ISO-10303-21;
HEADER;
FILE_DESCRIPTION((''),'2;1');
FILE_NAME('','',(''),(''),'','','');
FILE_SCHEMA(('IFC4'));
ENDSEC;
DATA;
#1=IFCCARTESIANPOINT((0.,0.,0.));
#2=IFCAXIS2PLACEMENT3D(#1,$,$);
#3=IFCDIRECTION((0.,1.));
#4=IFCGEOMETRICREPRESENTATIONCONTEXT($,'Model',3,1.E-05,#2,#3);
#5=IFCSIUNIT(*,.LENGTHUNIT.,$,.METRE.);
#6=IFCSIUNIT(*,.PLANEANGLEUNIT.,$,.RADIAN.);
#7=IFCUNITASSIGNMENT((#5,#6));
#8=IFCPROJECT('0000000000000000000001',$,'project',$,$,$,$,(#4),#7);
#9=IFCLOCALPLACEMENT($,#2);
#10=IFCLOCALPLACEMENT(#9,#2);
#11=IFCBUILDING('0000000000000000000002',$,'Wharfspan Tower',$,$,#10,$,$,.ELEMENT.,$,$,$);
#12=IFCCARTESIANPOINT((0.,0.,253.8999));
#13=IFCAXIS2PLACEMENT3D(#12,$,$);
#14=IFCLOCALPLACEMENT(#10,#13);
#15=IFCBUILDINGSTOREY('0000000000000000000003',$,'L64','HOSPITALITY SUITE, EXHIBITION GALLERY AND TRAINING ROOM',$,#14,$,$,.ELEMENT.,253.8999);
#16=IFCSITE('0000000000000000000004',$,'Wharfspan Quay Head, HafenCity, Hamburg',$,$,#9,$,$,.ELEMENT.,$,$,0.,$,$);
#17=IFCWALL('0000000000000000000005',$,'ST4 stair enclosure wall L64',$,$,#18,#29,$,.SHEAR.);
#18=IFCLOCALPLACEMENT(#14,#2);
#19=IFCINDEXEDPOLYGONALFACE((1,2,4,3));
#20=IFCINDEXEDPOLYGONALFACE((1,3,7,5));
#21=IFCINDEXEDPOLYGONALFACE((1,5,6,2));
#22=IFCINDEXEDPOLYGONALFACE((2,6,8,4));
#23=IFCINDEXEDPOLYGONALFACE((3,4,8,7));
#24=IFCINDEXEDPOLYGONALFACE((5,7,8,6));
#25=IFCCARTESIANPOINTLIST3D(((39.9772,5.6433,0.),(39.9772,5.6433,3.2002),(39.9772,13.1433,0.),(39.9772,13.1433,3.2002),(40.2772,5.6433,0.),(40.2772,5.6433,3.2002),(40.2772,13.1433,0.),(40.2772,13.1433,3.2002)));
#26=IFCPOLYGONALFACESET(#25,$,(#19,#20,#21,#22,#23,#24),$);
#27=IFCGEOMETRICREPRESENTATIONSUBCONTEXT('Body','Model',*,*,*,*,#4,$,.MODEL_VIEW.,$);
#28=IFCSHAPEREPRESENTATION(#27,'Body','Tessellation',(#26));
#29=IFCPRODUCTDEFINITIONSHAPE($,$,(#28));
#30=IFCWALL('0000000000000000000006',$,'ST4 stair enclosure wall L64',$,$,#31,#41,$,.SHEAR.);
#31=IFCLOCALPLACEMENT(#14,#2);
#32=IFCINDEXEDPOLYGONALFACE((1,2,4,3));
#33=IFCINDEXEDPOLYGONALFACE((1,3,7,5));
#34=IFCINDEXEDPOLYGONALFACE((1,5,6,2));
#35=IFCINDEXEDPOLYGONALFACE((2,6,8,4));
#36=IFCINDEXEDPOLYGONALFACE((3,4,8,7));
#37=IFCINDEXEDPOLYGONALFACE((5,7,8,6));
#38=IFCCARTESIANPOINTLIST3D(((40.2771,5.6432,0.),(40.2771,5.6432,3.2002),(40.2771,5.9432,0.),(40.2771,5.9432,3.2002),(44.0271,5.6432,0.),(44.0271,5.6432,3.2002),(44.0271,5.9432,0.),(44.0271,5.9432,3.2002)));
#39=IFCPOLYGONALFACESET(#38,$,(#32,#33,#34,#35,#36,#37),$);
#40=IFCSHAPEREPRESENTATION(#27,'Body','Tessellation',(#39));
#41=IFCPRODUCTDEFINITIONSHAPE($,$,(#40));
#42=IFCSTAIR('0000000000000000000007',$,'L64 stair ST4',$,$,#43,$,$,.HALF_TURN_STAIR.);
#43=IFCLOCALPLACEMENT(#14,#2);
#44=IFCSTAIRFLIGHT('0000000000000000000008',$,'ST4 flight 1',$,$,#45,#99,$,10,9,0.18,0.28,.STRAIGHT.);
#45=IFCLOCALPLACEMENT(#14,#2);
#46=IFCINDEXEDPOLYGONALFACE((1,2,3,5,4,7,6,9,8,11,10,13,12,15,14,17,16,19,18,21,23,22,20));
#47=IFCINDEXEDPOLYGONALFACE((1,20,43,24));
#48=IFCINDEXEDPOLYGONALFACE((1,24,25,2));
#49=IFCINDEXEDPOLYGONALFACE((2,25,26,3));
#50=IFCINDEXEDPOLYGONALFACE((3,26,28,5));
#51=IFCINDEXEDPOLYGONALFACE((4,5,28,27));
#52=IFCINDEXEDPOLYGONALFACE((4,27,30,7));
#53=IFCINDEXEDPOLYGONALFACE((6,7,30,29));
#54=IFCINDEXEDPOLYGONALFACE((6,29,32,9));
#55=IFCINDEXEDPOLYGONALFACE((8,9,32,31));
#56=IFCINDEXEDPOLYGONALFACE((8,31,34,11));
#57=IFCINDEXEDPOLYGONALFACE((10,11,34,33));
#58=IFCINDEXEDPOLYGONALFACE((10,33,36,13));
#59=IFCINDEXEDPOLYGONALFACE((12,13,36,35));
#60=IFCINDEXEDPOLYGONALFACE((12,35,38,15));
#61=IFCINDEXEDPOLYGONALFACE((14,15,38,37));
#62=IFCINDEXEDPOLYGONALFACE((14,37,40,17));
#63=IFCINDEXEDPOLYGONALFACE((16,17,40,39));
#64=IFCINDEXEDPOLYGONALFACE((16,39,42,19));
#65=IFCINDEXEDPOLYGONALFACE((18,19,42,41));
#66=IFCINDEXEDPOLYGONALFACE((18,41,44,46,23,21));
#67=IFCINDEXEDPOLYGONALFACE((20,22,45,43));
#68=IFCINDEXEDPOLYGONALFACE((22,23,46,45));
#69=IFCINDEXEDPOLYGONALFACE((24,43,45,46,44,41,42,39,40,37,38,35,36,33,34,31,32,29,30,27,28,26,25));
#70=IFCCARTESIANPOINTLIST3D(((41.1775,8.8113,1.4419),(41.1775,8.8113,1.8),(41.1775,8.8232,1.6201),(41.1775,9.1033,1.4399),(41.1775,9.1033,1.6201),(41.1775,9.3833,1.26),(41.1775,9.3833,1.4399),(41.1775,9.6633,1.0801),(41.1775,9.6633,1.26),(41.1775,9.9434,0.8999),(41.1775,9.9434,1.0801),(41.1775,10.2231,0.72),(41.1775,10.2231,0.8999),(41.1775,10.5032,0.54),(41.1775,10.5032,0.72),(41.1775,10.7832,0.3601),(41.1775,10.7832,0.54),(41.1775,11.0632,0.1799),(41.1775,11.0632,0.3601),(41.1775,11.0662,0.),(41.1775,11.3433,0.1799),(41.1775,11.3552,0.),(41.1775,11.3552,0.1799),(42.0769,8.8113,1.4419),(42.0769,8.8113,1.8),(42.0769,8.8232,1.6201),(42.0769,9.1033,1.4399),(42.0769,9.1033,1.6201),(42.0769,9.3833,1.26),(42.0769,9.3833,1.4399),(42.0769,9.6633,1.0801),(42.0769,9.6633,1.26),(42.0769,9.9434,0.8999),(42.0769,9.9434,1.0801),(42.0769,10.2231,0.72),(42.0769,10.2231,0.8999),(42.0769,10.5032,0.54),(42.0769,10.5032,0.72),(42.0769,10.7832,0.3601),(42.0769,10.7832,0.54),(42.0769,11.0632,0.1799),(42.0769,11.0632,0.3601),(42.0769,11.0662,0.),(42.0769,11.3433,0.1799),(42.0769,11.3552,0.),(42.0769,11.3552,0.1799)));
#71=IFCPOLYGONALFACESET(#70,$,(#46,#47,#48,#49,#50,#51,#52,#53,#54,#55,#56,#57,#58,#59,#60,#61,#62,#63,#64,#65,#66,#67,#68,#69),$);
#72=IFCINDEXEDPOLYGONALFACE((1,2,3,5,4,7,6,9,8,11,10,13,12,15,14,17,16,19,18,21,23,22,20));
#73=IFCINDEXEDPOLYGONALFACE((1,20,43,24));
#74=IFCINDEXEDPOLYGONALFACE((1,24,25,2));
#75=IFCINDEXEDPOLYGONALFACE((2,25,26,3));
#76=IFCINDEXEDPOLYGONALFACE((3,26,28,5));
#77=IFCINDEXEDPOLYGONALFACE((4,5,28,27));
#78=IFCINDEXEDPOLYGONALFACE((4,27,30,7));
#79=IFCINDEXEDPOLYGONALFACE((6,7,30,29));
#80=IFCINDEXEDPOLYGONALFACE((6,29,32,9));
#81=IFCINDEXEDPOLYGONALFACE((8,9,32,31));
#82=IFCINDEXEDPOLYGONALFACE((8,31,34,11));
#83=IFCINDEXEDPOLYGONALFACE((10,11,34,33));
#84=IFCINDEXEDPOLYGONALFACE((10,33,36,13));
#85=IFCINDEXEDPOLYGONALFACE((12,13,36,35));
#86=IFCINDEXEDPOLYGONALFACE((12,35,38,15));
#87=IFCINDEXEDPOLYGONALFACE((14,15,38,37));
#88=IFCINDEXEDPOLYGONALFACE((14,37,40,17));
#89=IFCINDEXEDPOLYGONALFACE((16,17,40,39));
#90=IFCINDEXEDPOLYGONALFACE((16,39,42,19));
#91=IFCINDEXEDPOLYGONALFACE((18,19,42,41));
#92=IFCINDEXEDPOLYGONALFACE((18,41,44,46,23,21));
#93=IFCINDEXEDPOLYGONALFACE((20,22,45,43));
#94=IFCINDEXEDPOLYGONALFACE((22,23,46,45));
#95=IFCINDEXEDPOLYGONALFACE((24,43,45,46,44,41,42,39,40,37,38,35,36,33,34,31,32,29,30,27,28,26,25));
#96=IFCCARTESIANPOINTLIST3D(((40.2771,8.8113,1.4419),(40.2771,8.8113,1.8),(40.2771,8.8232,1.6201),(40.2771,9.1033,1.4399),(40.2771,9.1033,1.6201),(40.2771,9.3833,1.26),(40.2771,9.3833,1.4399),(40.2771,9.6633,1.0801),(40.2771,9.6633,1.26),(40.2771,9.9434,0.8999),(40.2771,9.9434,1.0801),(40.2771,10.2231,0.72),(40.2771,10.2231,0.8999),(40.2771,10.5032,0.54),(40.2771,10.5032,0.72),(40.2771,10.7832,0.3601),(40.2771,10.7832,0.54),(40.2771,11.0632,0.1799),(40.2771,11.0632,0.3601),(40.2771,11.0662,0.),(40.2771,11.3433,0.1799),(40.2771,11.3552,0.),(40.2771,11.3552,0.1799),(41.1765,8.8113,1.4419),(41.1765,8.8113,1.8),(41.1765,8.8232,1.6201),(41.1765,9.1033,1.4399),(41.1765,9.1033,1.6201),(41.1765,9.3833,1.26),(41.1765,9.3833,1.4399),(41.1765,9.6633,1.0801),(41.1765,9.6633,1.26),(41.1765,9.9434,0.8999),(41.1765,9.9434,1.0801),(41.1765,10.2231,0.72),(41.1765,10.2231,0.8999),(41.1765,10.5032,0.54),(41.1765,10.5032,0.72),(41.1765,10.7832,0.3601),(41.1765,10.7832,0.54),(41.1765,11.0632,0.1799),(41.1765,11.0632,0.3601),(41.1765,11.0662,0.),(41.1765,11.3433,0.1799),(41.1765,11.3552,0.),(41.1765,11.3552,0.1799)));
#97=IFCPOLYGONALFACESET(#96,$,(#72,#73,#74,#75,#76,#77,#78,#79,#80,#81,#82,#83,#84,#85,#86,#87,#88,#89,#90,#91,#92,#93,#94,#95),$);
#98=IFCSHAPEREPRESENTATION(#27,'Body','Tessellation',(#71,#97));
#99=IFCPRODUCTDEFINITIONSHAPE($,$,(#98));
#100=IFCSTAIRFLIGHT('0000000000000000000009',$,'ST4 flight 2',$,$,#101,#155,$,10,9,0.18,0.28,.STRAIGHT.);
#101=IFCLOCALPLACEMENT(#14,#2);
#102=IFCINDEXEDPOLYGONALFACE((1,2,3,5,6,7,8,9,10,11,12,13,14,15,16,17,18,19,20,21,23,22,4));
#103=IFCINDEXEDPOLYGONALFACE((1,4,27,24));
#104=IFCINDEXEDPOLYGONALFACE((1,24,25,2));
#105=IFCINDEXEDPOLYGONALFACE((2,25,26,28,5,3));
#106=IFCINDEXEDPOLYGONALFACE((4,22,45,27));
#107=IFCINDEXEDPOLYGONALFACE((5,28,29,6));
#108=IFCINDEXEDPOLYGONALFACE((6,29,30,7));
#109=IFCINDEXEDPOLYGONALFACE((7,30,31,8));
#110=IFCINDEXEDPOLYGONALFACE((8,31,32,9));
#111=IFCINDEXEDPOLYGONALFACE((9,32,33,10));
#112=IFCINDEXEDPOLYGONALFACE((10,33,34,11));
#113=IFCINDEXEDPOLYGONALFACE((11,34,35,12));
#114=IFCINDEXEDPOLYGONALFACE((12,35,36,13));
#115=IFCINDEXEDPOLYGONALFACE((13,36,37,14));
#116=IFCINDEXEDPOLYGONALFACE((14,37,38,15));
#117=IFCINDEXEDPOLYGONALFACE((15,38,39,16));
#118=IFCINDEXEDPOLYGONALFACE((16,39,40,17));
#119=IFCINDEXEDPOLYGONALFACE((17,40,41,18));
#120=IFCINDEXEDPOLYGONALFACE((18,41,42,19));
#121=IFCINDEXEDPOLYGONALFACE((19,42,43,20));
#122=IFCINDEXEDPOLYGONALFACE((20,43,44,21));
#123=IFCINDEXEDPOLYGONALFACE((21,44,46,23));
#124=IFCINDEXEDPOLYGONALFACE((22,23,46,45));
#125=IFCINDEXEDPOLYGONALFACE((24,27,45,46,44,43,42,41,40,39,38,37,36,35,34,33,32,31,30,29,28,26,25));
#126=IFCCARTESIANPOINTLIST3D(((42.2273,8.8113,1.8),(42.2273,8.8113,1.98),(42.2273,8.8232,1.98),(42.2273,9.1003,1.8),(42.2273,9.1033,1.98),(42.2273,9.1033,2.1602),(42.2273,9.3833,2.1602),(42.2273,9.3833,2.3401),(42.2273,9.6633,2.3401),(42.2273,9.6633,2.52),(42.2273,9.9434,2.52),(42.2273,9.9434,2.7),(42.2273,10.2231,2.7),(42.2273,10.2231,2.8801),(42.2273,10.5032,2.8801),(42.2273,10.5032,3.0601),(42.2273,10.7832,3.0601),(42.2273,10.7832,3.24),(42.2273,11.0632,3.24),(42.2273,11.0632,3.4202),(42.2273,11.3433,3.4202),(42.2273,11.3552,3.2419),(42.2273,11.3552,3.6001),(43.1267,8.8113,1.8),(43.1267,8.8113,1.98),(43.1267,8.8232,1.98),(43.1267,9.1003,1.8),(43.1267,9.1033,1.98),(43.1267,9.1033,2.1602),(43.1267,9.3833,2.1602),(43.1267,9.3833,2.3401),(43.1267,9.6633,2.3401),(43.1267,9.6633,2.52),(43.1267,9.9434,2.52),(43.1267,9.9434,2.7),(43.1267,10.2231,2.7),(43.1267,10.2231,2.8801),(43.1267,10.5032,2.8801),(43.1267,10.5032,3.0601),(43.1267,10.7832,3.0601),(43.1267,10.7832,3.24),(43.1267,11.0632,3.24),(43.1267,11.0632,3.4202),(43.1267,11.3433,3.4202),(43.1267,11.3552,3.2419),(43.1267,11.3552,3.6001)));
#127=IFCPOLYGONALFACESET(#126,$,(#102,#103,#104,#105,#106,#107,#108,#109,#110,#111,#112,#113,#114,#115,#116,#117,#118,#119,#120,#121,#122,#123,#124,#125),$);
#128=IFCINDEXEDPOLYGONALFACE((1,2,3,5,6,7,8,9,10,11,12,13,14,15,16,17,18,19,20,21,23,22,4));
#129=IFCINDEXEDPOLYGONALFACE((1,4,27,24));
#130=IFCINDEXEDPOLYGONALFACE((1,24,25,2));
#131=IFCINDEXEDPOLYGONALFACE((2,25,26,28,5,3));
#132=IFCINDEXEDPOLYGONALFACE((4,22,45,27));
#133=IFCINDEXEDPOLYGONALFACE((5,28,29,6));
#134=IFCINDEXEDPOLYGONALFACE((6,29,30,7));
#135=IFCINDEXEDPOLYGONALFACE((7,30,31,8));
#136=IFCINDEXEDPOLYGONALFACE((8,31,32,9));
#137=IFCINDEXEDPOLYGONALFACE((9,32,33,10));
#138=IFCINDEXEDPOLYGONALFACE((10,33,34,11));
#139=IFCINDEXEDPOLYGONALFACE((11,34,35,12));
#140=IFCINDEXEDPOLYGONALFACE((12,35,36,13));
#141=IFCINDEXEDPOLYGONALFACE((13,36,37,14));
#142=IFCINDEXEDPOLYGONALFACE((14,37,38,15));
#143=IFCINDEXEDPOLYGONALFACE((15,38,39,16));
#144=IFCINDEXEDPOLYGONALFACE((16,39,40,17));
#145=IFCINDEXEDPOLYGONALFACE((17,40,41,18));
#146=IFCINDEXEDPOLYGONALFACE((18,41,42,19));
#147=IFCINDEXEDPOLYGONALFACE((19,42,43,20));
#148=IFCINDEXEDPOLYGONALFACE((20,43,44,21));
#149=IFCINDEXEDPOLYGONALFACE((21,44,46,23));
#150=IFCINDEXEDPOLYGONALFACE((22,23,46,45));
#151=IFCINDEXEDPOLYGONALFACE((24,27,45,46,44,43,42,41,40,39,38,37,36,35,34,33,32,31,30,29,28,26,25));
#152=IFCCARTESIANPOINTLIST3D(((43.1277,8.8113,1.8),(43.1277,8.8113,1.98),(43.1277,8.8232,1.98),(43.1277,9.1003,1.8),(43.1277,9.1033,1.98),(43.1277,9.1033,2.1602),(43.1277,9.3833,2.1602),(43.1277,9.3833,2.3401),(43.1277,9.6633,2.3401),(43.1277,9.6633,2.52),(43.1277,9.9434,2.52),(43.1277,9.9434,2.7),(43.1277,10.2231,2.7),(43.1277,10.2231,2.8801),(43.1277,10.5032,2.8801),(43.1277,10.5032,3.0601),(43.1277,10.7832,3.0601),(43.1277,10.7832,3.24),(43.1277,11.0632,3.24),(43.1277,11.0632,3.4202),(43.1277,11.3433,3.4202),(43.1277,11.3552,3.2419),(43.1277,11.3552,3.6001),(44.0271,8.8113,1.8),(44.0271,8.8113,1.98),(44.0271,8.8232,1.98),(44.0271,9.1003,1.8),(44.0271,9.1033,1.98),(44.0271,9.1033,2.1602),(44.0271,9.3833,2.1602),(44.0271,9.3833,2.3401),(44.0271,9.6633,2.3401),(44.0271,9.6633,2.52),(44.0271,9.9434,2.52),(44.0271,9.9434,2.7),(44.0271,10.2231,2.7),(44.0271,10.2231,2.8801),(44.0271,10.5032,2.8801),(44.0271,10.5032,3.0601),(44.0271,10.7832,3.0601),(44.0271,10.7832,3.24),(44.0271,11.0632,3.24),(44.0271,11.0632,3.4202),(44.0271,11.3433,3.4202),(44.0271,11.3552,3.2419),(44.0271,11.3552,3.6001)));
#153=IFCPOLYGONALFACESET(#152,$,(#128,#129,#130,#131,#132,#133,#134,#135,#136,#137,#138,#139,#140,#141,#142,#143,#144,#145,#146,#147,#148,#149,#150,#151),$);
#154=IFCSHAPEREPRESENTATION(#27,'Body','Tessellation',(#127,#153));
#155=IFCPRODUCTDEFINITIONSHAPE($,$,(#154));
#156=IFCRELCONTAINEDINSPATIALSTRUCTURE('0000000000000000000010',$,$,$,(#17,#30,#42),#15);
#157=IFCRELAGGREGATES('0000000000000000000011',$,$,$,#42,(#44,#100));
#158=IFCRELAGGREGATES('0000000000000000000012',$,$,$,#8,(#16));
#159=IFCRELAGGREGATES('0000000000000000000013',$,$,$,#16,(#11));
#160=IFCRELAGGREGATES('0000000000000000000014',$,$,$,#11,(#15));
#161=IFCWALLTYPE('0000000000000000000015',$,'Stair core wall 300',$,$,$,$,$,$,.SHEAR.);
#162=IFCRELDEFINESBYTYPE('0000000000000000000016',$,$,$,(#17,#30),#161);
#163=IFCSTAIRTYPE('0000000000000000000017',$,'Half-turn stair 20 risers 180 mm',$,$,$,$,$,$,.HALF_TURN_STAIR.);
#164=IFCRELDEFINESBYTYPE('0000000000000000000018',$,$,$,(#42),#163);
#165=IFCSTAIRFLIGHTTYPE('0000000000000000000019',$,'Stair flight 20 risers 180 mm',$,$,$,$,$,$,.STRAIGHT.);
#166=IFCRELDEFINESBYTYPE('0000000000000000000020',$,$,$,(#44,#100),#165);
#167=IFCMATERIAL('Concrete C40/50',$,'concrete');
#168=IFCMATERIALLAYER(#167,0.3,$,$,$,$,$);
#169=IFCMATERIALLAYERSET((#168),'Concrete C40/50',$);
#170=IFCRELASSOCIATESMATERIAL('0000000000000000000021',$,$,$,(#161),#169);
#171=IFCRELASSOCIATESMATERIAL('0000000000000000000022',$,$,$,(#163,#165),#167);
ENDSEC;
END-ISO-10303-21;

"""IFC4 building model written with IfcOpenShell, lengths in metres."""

from ifc_helpers import new_model, si_unit, direction, frame, frame_2d, origin, place, context, subcontext, project, spatial, polyline, rectangle, outline, extrude, material, layer, layer_set, type_object, element, aggregate, save


model = new_model("IFC4")

# Units and contexts
model_context = context("Model", 3, precision=1e-05, world=origin(), true_north=direction((0.0, 1.0)))
body_context = subcontext(model_context, "Body", "Model", "MODEL_VIEW")
ifc_project = project(units=[si_unit("LENGTHUNIT", "METRE"), si_unit("PLANEANGLEUNIT", "RADIAN")], contexts=[model_context])

# Site, building, storey
site_placement = place(None, origin())
site = spatial("IfcSite", under=ifc_project, at=site_placement, Name="Wharfspan Quay Head, HafenCity, Hamburg", CompositionType="ELEMENT", RefElevation=0.0)
building_placement = place(site_placement, origin())
building = spatial("IfcBuilding", under=site, at=building_placement, Name="Wharfspan Tower", CompositionType="ELEMENT")
storey_placement = place(building_placement, frame((0.0, 0.0, 253.8999)))
storey = spatial("IfcBuildingStorey", under=building, at=storey_placement, Name="L64", Description="HOSPITALITY SUITE, EXHIBITION GALLERY AND TRAINING ROOM", CompositionType="ELEMENT", Elevation=253.8999)

# Shared definitions
ifc_material_1 = material(Name="Concrete C40/50", Category="concrete")

# Shared definitions
ifc_layer_1 = layer(ifc_material_1, 0.3)
ifc_layer_set_1 = layer_set([ifc_layer_1], Name="Concrete C40/50")
wall_type_1 = type_object("IfcWallType", Name="Stair core wall 300", PredefinedType="SHEAR", material=ifc_layer_set_1)

# Walls
wall_1_placement = place(storey_placement, frame((40.1272, 5.6433, 0.0), z_axis=(0.0, 0.0, 1.0), x_axis=(0.0, 1.0, 0.0)))
element("IfcWall", 1, at=wall_1_placement, inside=storey, type_object=wall_type_1, Name="ST4 stair enclosure wall L64", PredefinedType="SHEAR", context=body_context, shape_type="SweptSolid", body=[
    extrude(rectangle(XDim=7.5, YDim=0.3, at=frame_2d((3.75, 0.0))), origin(), (0.0, 0.0, 1.0), 3.2002),
])
wall_2_placement = place(storey_placement, frame((40.2771, 5.7932, 0.0), z_axis=(0.0, 0.0, 1.0), x_axis=(1.0, 0.0, 0.0)))
element("IfcWall", 2, at=wall_2_placement, inside=storey, type_object=wall_type_1, Name="ST4 stair enclosure wall L64", PredefinedType="SHEAR", context=body_context, shape_type="SweptSolid", body=[
    extrude(rectangle(XDim=3.75, YDim=0.3, at=frame_2d((1.875, 0.0))), origin(), (0.0, 0.0, 1.0), 3.2002),
])

# Stair, stair flights
stair_type = type_object("IfcStairType", Name="Half-turn stair 20 risers 180 mm", PredefinedType="HALF_TURN_STAIR", material=ifc_material_1)
stair_placement = place(storey_placement, origin())
stair = element("IfcStair", 3, at=stair_placement, inside=storey, type_object=stair_type, Name="L64 stair ST4", PredefinedType="HALF_TURN_STAIR")
stair_flight_type = type_object("IfcStairFlightType", Name="Stair flight 20 risers 180 mm", PredefinedType="STRAIGHT", material=ifc_material_1)
stair_flight_1_placement = place(storey_placement, frame((41.177, 11.3433, 0.0), z_axis=(0.0, 0.0, 1.0), x_axis=(0.0, -1.0, 0.0)))
stair_flight_1 = element("IfcStairFlight", 4, at=stair_flight_1_placement, type_object=stair_flight_type, Name="ST4 flight 1", NumberOfRisers=10, NumberOfTreads=9, PredefinedType="STRAIGHT", RiserHeight=0.18, TreadLength=0.28, context=body_context, shape_type="SweptSolid", body=[
    extrude(outline(polyline([(-0.012, 0.0), (-0.012, 0.1799), (0.0, 0.1799), (0.28, 0.1799), (0.28, 0.3601), (0.5601, 0.3601), (0.5601, 0.54), (0.8401, 0.54), (0.8401, 0.72), (1.1201, 0.72), (1.1201, 0.8999), (1.3999, 0.8999), (1.3999, 1.0801), (1.6799, 1.0801), (1.6799, 1.26), (1.96, 1.26), (1.96, 1.4399), (2.24, 1.4399), (2.24, 1.6201), (2.52, 1.6201), (2.532, 1.8), (2.532, 1.4419), (0.2771, 0.0), (-0.012, 0.0)])), frame((0.0, 0.8999, 0.0), z_axis=(0.0, -1.0, 0.0), x_axis=(1.0, 0.0, 0.0)), (0.0, 0.0, 1.0), 0.8994),
    extrude(outline(polyline([(-0.012, 0.0), (-0.012, 0.1799), (0.0, 0.1799), (0.28, 0.1799), (0.28, 0.3601), (0.5601, 0.3601), (0.5601, 0.54), (0.8401, 0.54), (0.8401, 0.72), (1.1201, 0.72), (1.1201, 0.8999), (1.3999, 0.8999), (1.3999, 1.0801), (1.6799, 1.0801), (1.6799, 1.26), (1.96, 1.26), (1.96, 1.4399), (2.24, 1.4399), (2.24, 1.6201), (2.52, 1.6201), (2.532, 1.8), (2.532, 1.4419), (0.2771, 0.0), (-0.012, 0.0)])), frame((0.0, -0.0005, 0.0), z_axis=(0.0, -1.0, 0.0), x_axis=(1.0, 0.0, 0.0)), (0.0, 0.0, 1.0), 0.8994),
])
stair_flight_2_placement = place(storey_placement, frame((43.1272, 8.8232, 1.8), z_axis=(0.0, 0.0, 1.0), x_axis=(0.0, 1.0, 0.0)))
stair_flight_2 = element("IfcStairFlight", 5, at=stair_flight_2_placement, type_object=stair_flight_type, Name="ST4 flight 2", NumberOfRisers=10, NumberOfTreads=9, PredefinedType="STRAIGHT", RiserHeight=0.18, TreadLength=0.28, context=body_context, shape_type="SweptSolid", body=[
    extrude(outline(polyline([(-0.012, 0.0), (-0.012, 0.1799), (0.0, 0.1799), (0.28, 0.1799), (0.28, 0.3601), (0.5601, 0.3601), (0.5601, 0.54), (0.8401, 0.54), (0.8401, 0.72), (1.1201, 0.72), (1.1201, 0.8999), (1.3999, 0.8999), (1.3999, 1.0801), (1.6799, 1.0801), (1.6799, 1.26), (1.96, 1.26), (1.96, 1.4399), (2.24, 1.4399), (2.24, 1.6201), (2.52, 1.6201), (2.532, 1.8), (2.532, 1.4419), (0.2771, 0.0), (-0.012, 0.0)])), frame((0.0, 0.8999, 0.0), z_axis=(0.0, -1.0, 0.0), x_axis=(1.0, 0.0, 0.0)), (0.0, 0.0, 1.0), 0.8994),
    extrude(outline(polyline([(-0.012, 0.0), (-0.012, 0.1799), (0.0, 0.1799), (0.28, 0.1799), (0.28, 0.3601), (0.5601, 0.3601), (0.5601, 0.54), (0.8401, 0.54), (0.8401, 0.72), (1.1201, 0.72), (1.1201, 0.8999), (1.3999, 0.8999), (1.3999, 1.0801), (1.6799, 1.0801), (1.6799, 1.26), (1.96, 1.26), (1.96, 1.4399), (2.24, 1.4399), (2.24, 1.6201), (2.52, 1.6201), (2.532, 1.8), (2.532, 1.4419), (0.2771, 0.0), (-0.012, 0.0)])), frame((0.0, -0.0005, 0.0), z_axis=(0.0, -1.0, 0.0), x_axis=(1.0, 0.0, 0.0)), (0.0, 0.0, 1.0), 0.8994),
])
aggregate(stair, [stair_flight_1, stair_flight_2])

save(model, "model.ifc")
